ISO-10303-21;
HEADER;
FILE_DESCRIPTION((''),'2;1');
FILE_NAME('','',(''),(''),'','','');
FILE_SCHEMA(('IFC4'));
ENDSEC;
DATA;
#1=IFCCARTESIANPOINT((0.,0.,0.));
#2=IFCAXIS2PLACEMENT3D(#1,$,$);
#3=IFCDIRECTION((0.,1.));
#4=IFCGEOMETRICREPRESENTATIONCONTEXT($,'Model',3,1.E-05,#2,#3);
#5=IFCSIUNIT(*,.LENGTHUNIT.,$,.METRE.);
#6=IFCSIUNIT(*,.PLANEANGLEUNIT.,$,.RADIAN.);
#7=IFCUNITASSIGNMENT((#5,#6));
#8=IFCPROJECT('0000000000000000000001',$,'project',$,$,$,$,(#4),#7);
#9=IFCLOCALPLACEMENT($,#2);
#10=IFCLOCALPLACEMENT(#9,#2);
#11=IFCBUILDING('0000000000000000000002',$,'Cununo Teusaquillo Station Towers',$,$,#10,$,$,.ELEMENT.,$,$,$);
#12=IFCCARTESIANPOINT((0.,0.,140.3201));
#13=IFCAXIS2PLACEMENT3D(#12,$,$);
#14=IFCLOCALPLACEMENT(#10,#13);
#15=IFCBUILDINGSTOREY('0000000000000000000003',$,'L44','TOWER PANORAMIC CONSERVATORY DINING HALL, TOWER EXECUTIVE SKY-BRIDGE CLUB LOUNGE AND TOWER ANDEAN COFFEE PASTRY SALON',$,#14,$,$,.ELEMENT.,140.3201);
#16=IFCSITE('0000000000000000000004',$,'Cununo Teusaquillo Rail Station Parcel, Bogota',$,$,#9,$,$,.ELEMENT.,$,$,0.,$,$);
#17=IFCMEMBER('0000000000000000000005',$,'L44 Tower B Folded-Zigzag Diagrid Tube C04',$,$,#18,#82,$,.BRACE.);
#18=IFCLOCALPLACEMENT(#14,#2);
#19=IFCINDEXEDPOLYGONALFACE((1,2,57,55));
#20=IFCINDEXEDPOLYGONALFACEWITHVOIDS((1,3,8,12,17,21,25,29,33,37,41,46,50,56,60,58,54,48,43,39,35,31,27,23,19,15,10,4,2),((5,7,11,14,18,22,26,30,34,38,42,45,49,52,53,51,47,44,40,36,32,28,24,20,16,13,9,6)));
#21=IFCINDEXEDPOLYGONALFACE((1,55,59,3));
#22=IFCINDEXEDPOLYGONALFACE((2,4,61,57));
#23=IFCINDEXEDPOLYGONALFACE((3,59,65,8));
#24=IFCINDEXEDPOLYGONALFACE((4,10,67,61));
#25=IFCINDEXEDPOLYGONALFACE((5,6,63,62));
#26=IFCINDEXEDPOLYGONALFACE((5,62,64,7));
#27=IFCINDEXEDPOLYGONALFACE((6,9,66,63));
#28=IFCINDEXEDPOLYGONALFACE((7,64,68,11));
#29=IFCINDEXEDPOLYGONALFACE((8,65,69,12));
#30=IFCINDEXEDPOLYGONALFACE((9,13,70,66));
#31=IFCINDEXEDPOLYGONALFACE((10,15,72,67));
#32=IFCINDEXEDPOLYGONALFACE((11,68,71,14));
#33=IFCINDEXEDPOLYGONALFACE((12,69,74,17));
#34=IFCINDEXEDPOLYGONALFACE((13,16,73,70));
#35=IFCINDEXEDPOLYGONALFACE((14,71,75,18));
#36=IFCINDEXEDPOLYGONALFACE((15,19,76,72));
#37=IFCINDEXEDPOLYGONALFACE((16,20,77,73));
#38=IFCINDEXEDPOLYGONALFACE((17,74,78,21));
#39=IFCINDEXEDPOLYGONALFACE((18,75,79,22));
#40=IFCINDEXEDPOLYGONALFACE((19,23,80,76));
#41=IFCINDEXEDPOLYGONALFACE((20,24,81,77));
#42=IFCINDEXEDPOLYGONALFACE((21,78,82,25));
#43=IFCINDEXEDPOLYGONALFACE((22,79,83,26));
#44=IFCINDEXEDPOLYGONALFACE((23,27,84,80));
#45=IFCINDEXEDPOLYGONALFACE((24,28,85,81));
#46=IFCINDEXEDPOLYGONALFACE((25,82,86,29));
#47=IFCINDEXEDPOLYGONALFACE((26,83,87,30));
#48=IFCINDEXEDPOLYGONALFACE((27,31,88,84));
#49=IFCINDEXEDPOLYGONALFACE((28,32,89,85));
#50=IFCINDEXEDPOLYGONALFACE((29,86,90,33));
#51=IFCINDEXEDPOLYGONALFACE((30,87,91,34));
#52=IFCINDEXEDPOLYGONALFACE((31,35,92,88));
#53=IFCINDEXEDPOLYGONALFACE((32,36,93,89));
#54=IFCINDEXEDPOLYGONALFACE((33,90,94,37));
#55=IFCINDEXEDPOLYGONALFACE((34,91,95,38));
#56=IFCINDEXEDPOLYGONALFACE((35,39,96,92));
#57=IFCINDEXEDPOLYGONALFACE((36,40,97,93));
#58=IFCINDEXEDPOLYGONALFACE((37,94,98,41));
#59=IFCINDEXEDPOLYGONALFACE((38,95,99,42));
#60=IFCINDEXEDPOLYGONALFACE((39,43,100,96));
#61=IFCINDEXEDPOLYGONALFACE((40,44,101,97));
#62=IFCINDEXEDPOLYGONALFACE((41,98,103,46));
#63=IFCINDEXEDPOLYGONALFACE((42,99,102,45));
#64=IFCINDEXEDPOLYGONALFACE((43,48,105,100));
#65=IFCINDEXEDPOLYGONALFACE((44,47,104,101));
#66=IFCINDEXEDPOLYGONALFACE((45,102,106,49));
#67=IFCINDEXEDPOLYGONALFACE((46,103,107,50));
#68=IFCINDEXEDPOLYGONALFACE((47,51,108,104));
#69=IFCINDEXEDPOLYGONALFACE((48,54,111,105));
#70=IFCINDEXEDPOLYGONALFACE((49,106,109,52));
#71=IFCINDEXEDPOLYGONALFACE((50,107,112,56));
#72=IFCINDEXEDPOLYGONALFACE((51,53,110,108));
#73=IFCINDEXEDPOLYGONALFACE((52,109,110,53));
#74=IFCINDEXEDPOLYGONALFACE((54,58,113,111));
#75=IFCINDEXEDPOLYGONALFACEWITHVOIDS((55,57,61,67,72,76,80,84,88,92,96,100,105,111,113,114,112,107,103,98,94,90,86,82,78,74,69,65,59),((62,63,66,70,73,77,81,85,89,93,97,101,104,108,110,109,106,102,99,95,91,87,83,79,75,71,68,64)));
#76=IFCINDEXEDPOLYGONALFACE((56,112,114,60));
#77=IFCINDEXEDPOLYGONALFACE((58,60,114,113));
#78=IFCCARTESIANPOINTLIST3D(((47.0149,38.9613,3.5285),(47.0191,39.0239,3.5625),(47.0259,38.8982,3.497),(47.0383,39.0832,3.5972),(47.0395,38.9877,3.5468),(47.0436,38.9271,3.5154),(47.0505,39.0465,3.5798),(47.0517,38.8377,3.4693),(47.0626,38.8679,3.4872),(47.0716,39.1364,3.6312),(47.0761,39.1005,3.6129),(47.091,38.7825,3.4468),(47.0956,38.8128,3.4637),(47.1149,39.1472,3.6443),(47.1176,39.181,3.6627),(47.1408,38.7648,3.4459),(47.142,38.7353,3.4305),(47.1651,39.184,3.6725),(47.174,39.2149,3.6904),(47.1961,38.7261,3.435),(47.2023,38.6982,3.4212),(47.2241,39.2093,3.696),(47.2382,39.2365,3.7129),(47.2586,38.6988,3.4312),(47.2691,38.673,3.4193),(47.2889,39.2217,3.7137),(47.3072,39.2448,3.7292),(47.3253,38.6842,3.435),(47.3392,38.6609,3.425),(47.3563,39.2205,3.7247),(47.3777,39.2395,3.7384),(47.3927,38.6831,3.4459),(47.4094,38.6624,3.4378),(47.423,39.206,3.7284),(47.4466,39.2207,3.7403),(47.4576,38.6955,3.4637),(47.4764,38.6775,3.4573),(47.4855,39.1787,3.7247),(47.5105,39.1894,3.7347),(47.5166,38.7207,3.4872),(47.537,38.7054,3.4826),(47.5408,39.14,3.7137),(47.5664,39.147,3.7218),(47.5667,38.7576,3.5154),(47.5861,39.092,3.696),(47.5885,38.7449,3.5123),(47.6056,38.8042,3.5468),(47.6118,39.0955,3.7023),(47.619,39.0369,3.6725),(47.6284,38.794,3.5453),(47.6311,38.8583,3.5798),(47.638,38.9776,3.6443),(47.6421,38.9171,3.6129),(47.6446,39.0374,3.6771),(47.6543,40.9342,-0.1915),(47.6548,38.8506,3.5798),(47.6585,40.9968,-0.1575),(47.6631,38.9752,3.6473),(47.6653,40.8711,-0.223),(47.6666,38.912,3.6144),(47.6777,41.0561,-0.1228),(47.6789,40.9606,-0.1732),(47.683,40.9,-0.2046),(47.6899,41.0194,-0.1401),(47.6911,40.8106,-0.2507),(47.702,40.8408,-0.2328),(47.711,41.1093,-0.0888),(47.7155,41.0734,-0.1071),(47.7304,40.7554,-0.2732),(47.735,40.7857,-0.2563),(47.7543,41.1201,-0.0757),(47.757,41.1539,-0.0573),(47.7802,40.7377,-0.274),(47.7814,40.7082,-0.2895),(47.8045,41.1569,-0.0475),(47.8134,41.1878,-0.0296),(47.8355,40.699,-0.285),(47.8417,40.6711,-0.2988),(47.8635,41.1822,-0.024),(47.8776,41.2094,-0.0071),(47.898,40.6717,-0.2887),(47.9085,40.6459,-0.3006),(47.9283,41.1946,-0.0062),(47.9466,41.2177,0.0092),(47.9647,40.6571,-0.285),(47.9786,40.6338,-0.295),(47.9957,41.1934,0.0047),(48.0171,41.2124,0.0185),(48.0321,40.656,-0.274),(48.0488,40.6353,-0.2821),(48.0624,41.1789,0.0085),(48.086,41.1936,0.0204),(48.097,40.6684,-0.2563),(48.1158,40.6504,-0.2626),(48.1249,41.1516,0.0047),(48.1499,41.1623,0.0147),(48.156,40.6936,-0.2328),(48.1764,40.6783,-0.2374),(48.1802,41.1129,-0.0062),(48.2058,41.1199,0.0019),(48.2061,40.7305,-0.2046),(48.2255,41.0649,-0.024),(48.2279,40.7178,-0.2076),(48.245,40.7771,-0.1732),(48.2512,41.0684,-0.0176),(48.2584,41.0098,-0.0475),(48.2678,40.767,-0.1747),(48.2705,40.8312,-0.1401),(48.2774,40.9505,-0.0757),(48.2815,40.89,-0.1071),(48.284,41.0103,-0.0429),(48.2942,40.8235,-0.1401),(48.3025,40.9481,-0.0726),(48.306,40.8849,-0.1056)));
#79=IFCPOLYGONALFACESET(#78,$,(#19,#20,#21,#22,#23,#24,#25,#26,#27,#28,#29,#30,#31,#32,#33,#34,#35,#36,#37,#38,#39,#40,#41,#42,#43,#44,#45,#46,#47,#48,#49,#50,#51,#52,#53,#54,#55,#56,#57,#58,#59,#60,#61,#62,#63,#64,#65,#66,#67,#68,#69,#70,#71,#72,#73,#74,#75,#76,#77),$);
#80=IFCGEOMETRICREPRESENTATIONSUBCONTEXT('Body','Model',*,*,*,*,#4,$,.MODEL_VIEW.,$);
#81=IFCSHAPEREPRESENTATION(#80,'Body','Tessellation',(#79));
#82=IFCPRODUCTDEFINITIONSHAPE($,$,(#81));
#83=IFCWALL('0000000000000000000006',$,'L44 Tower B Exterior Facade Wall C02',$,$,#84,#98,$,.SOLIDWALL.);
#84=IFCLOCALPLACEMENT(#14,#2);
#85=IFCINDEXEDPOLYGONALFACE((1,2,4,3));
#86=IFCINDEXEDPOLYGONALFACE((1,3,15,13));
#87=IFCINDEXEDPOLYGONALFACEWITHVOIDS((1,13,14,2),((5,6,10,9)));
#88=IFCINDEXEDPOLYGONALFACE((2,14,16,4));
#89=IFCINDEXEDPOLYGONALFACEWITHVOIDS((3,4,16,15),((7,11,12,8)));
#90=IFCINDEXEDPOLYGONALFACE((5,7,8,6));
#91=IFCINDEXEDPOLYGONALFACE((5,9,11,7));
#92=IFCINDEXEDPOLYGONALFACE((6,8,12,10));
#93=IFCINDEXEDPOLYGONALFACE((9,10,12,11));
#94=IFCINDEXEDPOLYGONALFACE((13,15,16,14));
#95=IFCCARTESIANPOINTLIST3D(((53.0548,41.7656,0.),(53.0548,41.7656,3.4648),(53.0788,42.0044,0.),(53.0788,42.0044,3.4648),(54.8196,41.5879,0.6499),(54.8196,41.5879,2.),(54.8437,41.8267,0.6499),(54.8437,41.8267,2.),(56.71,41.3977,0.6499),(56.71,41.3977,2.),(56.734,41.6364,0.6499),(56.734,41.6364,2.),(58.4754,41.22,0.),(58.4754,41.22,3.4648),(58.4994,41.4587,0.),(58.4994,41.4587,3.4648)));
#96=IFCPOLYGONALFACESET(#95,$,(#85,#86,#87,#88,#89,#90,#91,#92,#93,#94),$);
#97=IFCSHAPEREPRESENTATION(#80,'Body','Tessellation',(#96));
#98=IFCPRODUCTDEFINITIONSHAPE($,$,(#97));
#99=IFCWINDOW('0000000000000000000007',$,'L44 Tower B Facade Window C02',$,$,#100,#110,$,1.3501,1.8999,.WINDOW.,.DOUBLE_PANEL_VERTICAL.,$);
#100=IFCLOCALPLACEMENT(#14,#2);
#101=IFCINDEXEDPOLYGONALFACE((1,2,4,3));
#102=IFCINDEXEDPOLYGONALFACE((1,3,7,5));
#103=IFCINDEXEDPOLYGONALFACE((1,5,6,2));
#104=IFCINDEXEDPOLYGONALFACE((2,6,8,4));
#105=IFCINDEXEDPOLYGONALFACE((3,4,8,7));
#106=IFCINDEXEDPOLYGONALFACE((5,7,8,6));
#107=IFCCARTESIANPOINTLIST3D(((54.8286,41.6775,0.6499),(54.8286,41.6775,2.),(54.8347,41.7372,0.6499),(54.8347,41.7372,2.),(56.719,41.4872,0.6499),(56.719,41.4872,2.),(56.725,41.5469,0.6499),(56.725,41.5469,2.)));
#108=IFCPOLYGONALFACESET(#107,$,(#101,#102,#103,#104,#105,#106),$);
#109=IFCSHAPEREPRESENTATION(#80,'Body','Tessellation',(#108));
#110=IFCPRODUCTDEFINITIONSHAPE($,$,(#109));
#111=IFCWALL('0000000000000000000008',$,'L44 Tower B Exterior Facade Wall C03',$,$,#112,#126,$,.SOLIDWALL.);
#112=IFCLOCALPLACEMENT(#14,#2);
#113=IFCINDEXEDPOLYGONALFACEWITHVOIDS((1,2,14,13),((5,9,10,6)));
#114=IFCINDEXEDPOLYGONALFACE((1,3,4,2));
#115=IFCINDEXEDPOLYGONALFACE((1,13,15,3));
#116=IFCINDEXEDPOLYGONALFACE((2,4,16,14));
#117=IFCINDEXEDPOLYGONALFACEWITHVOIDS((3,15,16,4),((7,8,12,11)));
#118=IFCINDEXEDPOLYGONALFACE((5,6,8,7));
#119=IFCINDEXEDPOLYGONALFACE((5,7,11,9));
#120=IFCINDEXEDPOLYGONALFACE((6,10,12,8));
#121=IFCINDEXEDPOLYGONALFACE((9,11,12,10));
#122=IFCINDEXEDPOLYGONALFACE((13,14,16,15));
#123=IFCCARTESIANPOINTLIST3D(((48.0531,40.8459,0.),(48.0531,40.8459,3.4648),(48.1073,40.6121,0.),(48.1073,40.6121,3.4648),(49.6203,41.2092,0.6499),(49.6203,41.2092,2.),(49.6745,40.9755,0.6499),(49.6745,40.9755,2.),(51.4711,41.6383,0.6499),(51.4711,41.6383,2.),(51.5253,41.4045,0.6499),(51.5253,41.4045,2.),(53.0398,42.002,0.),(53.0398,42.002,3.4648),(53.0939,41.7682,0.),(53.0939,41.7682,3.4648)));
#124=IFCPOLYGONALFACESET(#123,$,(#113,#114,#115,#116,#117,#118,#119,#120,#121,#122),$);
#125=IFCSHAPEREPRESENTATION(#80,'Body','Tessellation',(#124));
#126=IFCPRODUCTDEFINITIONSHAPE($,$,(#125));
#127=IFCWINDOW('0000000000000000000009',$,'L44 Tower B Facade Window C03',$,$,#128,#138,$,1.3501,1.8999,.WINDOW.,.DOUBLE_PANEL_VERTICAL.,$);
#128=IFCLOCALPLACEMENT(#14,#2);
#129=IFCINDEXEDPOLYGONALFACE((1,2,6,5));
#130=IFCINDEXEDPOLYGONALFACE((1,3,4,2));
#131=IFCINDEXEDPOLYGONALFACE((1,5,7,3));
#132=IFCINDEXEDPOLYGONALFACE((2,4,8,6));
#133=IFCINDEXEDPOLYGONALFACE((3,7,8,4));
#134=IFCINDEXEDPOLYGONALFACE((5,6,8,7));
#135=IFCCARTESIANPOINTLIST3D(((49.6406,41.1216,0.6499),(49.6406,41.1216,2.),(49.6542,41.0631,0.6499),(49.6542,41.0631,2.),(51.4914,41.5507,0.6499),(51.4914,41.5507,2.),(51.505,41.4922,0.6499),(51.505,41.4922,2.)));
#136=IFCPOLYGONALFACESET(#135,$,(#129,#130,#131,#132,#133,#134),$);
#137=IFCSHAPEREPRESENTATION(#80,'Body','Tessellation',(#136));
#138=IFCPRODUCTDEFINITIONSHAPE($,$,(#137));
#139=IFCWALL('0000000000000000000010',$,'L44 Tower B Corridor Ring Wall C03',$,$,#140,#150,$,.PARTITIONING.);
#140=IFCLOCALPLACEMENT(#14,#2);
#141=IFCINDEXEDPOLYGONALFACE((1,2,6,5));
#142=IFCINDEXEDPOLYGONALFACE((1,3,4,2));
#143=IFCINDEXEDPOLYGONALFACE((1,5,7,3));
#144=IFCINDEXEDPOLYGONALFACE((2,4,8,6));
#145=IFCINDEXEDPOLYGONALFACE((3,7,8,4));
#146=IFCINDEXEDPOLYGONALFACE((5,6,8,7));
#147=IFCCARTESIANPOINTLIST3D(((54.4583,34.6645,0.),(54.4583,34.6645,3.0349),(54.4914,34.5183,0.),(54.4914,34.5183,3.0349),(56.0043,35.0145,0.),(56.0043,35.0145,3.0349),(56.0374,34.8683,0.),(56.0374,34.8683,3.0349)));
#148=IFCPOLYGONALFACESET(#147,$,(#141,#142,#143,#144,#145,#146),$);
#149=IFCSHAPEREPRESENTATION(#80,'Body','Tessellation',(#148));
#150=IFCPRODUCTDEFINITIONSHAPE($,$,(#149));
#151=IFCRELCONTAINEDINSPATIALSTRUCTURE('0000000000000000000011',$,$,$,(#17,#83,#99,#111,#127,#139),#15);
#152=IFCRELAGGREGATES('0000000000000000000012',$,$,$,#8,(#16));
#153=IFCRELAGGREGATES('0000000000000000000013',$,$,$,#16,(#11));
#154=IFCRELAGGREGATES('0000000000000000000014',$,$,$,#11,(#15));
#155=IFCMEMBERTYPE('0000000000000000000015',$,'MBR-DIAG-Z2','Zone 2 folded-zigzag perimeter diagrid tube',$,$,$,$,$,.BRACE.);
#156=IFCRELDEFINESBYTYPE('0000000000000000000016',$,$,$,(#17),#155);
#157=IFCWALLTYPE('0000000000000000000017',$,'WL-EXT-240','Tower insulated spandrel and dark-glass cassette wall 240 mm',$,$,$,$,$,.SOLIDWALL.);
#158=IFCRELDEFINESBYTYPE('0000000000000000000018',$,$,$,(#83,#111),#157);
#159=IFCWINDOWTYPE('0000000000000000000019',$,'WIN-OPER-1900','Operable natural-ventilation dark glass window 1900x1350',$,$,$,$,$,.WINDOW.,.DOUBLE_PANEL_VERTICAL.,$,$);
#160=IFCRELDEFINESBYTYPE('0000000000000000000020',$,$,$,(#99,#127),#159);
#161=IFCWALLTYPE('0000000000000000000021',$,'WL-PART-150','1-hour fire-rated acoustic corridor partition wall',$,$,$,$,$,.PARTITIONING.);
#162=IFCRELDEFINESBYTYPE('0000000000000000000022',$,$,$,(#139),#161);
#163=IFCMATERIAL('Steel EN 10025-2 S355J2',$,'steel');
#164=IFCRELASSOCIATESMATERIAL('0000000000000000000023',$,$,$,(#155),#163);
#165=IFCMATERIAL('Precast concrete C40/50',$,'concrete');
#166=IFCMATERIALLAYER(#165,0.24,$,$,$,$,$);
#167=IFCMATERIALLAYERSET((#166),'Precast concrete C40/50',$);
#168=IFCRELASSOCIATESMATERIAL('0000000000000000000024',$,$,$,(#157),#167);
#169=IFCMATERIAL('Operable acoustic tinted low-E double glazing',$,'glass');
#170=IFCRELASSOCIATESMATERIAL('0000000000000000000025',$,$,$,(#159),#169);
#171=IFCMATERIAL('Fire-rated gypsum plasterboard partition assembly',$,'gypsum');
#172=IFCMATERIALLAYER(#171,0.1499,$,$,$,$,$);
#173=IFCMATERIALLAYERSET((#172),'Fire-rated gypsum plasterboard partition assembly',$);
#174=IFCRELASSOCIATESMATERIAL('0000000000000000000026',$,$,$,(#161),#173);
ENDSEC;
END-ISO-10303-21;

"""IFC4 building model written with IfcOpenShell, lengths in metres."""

from ifc_helpers import new_model, si_unit, direction, frame, frame_2d, origin, origin_2d, place, context, subcontext, project, spatial, rectangle, hollow_circle, extrude, source, transform, mapped, material, layer, layer_set, material_profile, profile_set, type_object, element, fill, save


model = new_model("IFC4")

# Units and contexts
model_context = context("Model", 3, precision=1e-05, world=origin(), true_north=direction((0.0, 1.0)))
body_context = subcontext(model_context, "Body", "Model", "MODEL_VIEW")
ifc_project = project(units=[si_unit("LENGTHUNIT", "METRE"), si_unit("PLANEANGLEUNIT", "RADIAN")], contexts=[model_context])

# Site, building, storey
site_placement = place(None, origin())
site = spatial("IfcSite", under=ifc_project, at=site_placement, Name="Cununo Teusaquillo Rail Station Parcel, Bogota", CompositionType="ELEMENT", RefElevation=0.0)
building_placement = place(site_placement, origin())
building = spatial("IfcBuilding", under=site, at=building_placement, Name="Cununo Teusaquillo Station Towers", CompositionType="ELEMENT")
storey_placement = place(building_placement, frame((0.0, 0.0, 140.3201)))
storey = spatial("IfcBuildingStorey", under=building, at=storey_placement, Name="L44", Description="TOWER PANORAMIC CONSERVATORY DINING HALL, TOWER EXECUTIVE SKY-BRIDGE CLUB LOUNGE AND TOWER ANDEAN COFFEE PASTRY SALON", CompositionType="ELEMENT", Elevation=140.3201)

# Member
ifc_material_1 = material(Name="Steel EN 10025-2 S355J2", Category="steel")
ifc_material_profile_1 = material_profile(ifc_material_1, hollow_circle(Radius=0.3301, WallThickness=0.0249, at=origin_2d()), Name="CHS 660x25")
ifc_profile_set_1 = profile_set([ifc_material_profile_1], Name="Steel EN 10025-2 S355J2")
member_type = type_object("IfcMemberType", Name="MBR-DIAG-Z2", Description="Zone 2 folded-zigzag perimeter diagrid tube", PredefinedType="BRACE", material=ifc_profile_set_1)
member_placement = place(storey_placement, frame((47.9802, 40.9253, -0.1401), z_axis=(-0.150129, -0.463227, 0.873431), x_axis=(0.951287, -0.308306, 0.0)))
element("IfcMember", 1, at=member_placement, inside=storey, type_object=member_type, Name="L44 Tower B Folded-Zigzag Diagrid Tube C04", PredefinedType="BRACE", context=body_context, shape_type="SweptSolid", body=[
    extrude(hollow_circle(Radius=0.3301, WallThickness=0.0249, at=origin_2d()), origin(), (0.0, 0.0, 1.0), 4.259),
])

# Walls, openings, windows
ifc_material_2 = material(Name="Precast concrete C40/50", Category="concrete")
ifc_layer_1 = layer(ifc_material_2, 0.24)
ifc_layer_set_1 = layer_set([ifc_layer_1], Name="Precast concrete C40/50")
wall_type_1 = type_object("IfcWallType", Name="WL-EXT-240", Description="Tower insulated spandrel and dark-glass cassette wall 240 mm", PredefinedType="SOLIDWALL", material=ifc_layer_set_1)
wall_1_placement = place(storey_placement, frame((53.0667, 41.885, 0.0), z_axis=(0.0, 0.0, 1.0), x_axis=(0.994972, -0.100156, 0.0)))
wall_1 = element("IfcWall", 2, at=wall_1_placement, inside=storey, type_object=wall_type_1, Name="L44 Tower B Exterior Facade Wall C02", PredefinedType="SOLIDWALL", context=body_context, shape_type="SweptSolid", body=[
    extrude(rectangle(XDim=5.448, YDim=0.24, at=frame_2d((2.7241, 0.0))), origin(), (0.0, 0.0, 1.0), 3.4648),
])
shared_shape_1 = source(origin(), body_context, "Body", "SweptSolid", [
    extrude(rectangle(XDim=1.8999, YDim=1.3501, at=frame_2d((0.95, 0.675))), frame((0.0, 0.1299, 0.0), z_axis=(0.0, -1.0, 0.0), x_axis=(1.0, 0.0, 0.0)), (0.0, 0.0, 1.0), 0.26),
])
opening_1_placement = place(wall_1_placement, frame((1.7739, 0.0, 0.6499)))
opening_1 = element("IfcOpeningElement", 3, at=opening_1_placement, cuts=wall_1, PredefinedType="OPENING", context=body_context, shape_type="MappedRepresentation", body=[
    mapped(shared_shape_1, transform((0.0, 0.0, 0.0), x_axis=(1.0, 0.0, 0.0), y_axis=(0.0, 1.0, 0.0), z_axis=(0.0, 0.0, 1.0), scale=1.0)),
])
ifc_material_3 = material(Name="Operable acoustic tinted low-E double glazing", Category="glass")
window_type = type_object("IfcWindowType", Name="WIN-OPER-1900", Description="Operable natural-ventilation dark glass window 1900x1350", PartitioningType="DOUBLE_PANEL_VERTICAL", PredefinedType="WINDOW", material=ifc_material_3)
shared_shape_2 = source(origin(), body_context, "Body", "SweptSolid", [
    extrude(rectangle(XDim=1.8999, YDim=1.3501, at=frame_2d((0.95, 0.675))), frame((0.0, 0.03, 0.0), z_axis=(0.0, -1.0, 0.0), x_axis=(1.0, 0.0, 0.0)), (0.0, 0.0, 1.0), 0.0601),
])
window_1_placement = place(opening_1_placement, origin())
window_1 = element("IfcWindow", 4, at=window_1_placement, inside=storey, type_object=window_type, Name="L44 Tower B Facade Window C02", OverallHeight=1.3501, OverallWidth=1.8999, PartitioningType="DOUBLE_PANEL_VERTICAL", PredefinedType="WINDOW", context=body_context, shape_type="MappedRepresentation", body=[
    mapped(shared_shape_2, transform((0.0, 0.0, 0.0), x_axis=(1.0, 0.0, 0.0), y_axis=(0.0, 1.0, 0.0), z_axis=(0.0, 0.0, 1.0), scale=1.0)),
])
fill(opening_1, window_1)
wall_2_placement = place(storey_placement, frame((48.0801, 40.729, 0.0), z_axis=(0.0, 0.0, 1.0), x_axis=(0.974166, 0.225835, 0.0)))
wall_2 = element("IfcWall", 5, at=wall_2_placement, inside=storey, type_object=wall_type_1, Name="L44 Tower B Exterior Facade Wall C03", PredefinedType="SOLIDWALL", context=body_context, shape_type="SweptSolid", body=[
    extrude(rectangle(XDim=5.1189, YDim=0.24, at=frame_2d((2.5596, 0.0))), origin(), (0.0, 0.0, 1.0), 3.4648),
])
opening_2_placement = place(wall_2_placement, frame((1.6089, 0.0, 0.6499)))
opening_2 = element("IfcOpeningElement", 6, at=opening_2_placement, cuts=wall_2, PredefinedType="OPENING", context=body_context, shape_type="MappedRepresentation", body=[
    mapped(shared_shape_1, transform((0.0, 0.0, 0.0), x_axis=(1.0, 0.0, 0.0), y_axis=(0.0, 1.0, 0.0), z_axis=(0.0, 0.0, 1.0), scale=1.0)),
])
window_2_placement = place(opening_2_placement, origin())
window_2 = element("IfcWindow", 7, at=window_2_placement, inside=storey, type_object=window_type, Name="L44 Tower B Facade Window C03", OverallHeight=1.3501, OverallWidth=1.8999, PartitioningType="DOUBLE_PANEL_VERTICAL", PredefinedType="WINDOW", context=body_context, shape_type="MappedRepresentation", body=[
    mapped(shared_shape_2, transform((0.0, 0.0, 0.0), x_axis=(1.0, 0.0, 0.0), y_axis=(0.0, 1.0, 0.0), z_axis=(0.0, 0.0, 1.0), scale=1.0)),
])
fill(opening_2, window_2)

# Wall
ifc_material_4 = material(Name="Fire-rated gypsum plasterboard partition assembly", Category="gypsum")
ifc_layer_2 = layer(ifc_material_4, 0.1499)
ifc_layer_set_2 = layer_set([ifc_layer_2], Name="Fire-rated gypsum plasterboard partition assembly")
wall_type_2 = type_object("IfcWallType", Name="WL-PART-150", Description="1-hour fire-rated acoustic corridor partition wall", PredefinedType="PARTITIONING", material=ifc_layer_set_2)
wall_3_placement = place(storey_placement, frame((56.0208, 34.9414, 0.0), z_axis=(0.0, 0.0, 1.0), x_axis=(-0.97531, -0.220842, 0.0)))
element("IfcWall", 8, at=wall_3_placement, inside=storey, type_object=wall_type_2, Name="L44 Tower B Corridor Ring Wall C03", PredefinedType="PARTITIONING", context=body_context, shape_type="SweptSolid", body=[
    extrude(rectangle(XDim=1.5852, YDim=0.1499, at=frame_2d((0.7925, 0.0))), origin(), (0.0, 0.0, 1.0), 3.0349),
])

save(model, "model.ifc")
